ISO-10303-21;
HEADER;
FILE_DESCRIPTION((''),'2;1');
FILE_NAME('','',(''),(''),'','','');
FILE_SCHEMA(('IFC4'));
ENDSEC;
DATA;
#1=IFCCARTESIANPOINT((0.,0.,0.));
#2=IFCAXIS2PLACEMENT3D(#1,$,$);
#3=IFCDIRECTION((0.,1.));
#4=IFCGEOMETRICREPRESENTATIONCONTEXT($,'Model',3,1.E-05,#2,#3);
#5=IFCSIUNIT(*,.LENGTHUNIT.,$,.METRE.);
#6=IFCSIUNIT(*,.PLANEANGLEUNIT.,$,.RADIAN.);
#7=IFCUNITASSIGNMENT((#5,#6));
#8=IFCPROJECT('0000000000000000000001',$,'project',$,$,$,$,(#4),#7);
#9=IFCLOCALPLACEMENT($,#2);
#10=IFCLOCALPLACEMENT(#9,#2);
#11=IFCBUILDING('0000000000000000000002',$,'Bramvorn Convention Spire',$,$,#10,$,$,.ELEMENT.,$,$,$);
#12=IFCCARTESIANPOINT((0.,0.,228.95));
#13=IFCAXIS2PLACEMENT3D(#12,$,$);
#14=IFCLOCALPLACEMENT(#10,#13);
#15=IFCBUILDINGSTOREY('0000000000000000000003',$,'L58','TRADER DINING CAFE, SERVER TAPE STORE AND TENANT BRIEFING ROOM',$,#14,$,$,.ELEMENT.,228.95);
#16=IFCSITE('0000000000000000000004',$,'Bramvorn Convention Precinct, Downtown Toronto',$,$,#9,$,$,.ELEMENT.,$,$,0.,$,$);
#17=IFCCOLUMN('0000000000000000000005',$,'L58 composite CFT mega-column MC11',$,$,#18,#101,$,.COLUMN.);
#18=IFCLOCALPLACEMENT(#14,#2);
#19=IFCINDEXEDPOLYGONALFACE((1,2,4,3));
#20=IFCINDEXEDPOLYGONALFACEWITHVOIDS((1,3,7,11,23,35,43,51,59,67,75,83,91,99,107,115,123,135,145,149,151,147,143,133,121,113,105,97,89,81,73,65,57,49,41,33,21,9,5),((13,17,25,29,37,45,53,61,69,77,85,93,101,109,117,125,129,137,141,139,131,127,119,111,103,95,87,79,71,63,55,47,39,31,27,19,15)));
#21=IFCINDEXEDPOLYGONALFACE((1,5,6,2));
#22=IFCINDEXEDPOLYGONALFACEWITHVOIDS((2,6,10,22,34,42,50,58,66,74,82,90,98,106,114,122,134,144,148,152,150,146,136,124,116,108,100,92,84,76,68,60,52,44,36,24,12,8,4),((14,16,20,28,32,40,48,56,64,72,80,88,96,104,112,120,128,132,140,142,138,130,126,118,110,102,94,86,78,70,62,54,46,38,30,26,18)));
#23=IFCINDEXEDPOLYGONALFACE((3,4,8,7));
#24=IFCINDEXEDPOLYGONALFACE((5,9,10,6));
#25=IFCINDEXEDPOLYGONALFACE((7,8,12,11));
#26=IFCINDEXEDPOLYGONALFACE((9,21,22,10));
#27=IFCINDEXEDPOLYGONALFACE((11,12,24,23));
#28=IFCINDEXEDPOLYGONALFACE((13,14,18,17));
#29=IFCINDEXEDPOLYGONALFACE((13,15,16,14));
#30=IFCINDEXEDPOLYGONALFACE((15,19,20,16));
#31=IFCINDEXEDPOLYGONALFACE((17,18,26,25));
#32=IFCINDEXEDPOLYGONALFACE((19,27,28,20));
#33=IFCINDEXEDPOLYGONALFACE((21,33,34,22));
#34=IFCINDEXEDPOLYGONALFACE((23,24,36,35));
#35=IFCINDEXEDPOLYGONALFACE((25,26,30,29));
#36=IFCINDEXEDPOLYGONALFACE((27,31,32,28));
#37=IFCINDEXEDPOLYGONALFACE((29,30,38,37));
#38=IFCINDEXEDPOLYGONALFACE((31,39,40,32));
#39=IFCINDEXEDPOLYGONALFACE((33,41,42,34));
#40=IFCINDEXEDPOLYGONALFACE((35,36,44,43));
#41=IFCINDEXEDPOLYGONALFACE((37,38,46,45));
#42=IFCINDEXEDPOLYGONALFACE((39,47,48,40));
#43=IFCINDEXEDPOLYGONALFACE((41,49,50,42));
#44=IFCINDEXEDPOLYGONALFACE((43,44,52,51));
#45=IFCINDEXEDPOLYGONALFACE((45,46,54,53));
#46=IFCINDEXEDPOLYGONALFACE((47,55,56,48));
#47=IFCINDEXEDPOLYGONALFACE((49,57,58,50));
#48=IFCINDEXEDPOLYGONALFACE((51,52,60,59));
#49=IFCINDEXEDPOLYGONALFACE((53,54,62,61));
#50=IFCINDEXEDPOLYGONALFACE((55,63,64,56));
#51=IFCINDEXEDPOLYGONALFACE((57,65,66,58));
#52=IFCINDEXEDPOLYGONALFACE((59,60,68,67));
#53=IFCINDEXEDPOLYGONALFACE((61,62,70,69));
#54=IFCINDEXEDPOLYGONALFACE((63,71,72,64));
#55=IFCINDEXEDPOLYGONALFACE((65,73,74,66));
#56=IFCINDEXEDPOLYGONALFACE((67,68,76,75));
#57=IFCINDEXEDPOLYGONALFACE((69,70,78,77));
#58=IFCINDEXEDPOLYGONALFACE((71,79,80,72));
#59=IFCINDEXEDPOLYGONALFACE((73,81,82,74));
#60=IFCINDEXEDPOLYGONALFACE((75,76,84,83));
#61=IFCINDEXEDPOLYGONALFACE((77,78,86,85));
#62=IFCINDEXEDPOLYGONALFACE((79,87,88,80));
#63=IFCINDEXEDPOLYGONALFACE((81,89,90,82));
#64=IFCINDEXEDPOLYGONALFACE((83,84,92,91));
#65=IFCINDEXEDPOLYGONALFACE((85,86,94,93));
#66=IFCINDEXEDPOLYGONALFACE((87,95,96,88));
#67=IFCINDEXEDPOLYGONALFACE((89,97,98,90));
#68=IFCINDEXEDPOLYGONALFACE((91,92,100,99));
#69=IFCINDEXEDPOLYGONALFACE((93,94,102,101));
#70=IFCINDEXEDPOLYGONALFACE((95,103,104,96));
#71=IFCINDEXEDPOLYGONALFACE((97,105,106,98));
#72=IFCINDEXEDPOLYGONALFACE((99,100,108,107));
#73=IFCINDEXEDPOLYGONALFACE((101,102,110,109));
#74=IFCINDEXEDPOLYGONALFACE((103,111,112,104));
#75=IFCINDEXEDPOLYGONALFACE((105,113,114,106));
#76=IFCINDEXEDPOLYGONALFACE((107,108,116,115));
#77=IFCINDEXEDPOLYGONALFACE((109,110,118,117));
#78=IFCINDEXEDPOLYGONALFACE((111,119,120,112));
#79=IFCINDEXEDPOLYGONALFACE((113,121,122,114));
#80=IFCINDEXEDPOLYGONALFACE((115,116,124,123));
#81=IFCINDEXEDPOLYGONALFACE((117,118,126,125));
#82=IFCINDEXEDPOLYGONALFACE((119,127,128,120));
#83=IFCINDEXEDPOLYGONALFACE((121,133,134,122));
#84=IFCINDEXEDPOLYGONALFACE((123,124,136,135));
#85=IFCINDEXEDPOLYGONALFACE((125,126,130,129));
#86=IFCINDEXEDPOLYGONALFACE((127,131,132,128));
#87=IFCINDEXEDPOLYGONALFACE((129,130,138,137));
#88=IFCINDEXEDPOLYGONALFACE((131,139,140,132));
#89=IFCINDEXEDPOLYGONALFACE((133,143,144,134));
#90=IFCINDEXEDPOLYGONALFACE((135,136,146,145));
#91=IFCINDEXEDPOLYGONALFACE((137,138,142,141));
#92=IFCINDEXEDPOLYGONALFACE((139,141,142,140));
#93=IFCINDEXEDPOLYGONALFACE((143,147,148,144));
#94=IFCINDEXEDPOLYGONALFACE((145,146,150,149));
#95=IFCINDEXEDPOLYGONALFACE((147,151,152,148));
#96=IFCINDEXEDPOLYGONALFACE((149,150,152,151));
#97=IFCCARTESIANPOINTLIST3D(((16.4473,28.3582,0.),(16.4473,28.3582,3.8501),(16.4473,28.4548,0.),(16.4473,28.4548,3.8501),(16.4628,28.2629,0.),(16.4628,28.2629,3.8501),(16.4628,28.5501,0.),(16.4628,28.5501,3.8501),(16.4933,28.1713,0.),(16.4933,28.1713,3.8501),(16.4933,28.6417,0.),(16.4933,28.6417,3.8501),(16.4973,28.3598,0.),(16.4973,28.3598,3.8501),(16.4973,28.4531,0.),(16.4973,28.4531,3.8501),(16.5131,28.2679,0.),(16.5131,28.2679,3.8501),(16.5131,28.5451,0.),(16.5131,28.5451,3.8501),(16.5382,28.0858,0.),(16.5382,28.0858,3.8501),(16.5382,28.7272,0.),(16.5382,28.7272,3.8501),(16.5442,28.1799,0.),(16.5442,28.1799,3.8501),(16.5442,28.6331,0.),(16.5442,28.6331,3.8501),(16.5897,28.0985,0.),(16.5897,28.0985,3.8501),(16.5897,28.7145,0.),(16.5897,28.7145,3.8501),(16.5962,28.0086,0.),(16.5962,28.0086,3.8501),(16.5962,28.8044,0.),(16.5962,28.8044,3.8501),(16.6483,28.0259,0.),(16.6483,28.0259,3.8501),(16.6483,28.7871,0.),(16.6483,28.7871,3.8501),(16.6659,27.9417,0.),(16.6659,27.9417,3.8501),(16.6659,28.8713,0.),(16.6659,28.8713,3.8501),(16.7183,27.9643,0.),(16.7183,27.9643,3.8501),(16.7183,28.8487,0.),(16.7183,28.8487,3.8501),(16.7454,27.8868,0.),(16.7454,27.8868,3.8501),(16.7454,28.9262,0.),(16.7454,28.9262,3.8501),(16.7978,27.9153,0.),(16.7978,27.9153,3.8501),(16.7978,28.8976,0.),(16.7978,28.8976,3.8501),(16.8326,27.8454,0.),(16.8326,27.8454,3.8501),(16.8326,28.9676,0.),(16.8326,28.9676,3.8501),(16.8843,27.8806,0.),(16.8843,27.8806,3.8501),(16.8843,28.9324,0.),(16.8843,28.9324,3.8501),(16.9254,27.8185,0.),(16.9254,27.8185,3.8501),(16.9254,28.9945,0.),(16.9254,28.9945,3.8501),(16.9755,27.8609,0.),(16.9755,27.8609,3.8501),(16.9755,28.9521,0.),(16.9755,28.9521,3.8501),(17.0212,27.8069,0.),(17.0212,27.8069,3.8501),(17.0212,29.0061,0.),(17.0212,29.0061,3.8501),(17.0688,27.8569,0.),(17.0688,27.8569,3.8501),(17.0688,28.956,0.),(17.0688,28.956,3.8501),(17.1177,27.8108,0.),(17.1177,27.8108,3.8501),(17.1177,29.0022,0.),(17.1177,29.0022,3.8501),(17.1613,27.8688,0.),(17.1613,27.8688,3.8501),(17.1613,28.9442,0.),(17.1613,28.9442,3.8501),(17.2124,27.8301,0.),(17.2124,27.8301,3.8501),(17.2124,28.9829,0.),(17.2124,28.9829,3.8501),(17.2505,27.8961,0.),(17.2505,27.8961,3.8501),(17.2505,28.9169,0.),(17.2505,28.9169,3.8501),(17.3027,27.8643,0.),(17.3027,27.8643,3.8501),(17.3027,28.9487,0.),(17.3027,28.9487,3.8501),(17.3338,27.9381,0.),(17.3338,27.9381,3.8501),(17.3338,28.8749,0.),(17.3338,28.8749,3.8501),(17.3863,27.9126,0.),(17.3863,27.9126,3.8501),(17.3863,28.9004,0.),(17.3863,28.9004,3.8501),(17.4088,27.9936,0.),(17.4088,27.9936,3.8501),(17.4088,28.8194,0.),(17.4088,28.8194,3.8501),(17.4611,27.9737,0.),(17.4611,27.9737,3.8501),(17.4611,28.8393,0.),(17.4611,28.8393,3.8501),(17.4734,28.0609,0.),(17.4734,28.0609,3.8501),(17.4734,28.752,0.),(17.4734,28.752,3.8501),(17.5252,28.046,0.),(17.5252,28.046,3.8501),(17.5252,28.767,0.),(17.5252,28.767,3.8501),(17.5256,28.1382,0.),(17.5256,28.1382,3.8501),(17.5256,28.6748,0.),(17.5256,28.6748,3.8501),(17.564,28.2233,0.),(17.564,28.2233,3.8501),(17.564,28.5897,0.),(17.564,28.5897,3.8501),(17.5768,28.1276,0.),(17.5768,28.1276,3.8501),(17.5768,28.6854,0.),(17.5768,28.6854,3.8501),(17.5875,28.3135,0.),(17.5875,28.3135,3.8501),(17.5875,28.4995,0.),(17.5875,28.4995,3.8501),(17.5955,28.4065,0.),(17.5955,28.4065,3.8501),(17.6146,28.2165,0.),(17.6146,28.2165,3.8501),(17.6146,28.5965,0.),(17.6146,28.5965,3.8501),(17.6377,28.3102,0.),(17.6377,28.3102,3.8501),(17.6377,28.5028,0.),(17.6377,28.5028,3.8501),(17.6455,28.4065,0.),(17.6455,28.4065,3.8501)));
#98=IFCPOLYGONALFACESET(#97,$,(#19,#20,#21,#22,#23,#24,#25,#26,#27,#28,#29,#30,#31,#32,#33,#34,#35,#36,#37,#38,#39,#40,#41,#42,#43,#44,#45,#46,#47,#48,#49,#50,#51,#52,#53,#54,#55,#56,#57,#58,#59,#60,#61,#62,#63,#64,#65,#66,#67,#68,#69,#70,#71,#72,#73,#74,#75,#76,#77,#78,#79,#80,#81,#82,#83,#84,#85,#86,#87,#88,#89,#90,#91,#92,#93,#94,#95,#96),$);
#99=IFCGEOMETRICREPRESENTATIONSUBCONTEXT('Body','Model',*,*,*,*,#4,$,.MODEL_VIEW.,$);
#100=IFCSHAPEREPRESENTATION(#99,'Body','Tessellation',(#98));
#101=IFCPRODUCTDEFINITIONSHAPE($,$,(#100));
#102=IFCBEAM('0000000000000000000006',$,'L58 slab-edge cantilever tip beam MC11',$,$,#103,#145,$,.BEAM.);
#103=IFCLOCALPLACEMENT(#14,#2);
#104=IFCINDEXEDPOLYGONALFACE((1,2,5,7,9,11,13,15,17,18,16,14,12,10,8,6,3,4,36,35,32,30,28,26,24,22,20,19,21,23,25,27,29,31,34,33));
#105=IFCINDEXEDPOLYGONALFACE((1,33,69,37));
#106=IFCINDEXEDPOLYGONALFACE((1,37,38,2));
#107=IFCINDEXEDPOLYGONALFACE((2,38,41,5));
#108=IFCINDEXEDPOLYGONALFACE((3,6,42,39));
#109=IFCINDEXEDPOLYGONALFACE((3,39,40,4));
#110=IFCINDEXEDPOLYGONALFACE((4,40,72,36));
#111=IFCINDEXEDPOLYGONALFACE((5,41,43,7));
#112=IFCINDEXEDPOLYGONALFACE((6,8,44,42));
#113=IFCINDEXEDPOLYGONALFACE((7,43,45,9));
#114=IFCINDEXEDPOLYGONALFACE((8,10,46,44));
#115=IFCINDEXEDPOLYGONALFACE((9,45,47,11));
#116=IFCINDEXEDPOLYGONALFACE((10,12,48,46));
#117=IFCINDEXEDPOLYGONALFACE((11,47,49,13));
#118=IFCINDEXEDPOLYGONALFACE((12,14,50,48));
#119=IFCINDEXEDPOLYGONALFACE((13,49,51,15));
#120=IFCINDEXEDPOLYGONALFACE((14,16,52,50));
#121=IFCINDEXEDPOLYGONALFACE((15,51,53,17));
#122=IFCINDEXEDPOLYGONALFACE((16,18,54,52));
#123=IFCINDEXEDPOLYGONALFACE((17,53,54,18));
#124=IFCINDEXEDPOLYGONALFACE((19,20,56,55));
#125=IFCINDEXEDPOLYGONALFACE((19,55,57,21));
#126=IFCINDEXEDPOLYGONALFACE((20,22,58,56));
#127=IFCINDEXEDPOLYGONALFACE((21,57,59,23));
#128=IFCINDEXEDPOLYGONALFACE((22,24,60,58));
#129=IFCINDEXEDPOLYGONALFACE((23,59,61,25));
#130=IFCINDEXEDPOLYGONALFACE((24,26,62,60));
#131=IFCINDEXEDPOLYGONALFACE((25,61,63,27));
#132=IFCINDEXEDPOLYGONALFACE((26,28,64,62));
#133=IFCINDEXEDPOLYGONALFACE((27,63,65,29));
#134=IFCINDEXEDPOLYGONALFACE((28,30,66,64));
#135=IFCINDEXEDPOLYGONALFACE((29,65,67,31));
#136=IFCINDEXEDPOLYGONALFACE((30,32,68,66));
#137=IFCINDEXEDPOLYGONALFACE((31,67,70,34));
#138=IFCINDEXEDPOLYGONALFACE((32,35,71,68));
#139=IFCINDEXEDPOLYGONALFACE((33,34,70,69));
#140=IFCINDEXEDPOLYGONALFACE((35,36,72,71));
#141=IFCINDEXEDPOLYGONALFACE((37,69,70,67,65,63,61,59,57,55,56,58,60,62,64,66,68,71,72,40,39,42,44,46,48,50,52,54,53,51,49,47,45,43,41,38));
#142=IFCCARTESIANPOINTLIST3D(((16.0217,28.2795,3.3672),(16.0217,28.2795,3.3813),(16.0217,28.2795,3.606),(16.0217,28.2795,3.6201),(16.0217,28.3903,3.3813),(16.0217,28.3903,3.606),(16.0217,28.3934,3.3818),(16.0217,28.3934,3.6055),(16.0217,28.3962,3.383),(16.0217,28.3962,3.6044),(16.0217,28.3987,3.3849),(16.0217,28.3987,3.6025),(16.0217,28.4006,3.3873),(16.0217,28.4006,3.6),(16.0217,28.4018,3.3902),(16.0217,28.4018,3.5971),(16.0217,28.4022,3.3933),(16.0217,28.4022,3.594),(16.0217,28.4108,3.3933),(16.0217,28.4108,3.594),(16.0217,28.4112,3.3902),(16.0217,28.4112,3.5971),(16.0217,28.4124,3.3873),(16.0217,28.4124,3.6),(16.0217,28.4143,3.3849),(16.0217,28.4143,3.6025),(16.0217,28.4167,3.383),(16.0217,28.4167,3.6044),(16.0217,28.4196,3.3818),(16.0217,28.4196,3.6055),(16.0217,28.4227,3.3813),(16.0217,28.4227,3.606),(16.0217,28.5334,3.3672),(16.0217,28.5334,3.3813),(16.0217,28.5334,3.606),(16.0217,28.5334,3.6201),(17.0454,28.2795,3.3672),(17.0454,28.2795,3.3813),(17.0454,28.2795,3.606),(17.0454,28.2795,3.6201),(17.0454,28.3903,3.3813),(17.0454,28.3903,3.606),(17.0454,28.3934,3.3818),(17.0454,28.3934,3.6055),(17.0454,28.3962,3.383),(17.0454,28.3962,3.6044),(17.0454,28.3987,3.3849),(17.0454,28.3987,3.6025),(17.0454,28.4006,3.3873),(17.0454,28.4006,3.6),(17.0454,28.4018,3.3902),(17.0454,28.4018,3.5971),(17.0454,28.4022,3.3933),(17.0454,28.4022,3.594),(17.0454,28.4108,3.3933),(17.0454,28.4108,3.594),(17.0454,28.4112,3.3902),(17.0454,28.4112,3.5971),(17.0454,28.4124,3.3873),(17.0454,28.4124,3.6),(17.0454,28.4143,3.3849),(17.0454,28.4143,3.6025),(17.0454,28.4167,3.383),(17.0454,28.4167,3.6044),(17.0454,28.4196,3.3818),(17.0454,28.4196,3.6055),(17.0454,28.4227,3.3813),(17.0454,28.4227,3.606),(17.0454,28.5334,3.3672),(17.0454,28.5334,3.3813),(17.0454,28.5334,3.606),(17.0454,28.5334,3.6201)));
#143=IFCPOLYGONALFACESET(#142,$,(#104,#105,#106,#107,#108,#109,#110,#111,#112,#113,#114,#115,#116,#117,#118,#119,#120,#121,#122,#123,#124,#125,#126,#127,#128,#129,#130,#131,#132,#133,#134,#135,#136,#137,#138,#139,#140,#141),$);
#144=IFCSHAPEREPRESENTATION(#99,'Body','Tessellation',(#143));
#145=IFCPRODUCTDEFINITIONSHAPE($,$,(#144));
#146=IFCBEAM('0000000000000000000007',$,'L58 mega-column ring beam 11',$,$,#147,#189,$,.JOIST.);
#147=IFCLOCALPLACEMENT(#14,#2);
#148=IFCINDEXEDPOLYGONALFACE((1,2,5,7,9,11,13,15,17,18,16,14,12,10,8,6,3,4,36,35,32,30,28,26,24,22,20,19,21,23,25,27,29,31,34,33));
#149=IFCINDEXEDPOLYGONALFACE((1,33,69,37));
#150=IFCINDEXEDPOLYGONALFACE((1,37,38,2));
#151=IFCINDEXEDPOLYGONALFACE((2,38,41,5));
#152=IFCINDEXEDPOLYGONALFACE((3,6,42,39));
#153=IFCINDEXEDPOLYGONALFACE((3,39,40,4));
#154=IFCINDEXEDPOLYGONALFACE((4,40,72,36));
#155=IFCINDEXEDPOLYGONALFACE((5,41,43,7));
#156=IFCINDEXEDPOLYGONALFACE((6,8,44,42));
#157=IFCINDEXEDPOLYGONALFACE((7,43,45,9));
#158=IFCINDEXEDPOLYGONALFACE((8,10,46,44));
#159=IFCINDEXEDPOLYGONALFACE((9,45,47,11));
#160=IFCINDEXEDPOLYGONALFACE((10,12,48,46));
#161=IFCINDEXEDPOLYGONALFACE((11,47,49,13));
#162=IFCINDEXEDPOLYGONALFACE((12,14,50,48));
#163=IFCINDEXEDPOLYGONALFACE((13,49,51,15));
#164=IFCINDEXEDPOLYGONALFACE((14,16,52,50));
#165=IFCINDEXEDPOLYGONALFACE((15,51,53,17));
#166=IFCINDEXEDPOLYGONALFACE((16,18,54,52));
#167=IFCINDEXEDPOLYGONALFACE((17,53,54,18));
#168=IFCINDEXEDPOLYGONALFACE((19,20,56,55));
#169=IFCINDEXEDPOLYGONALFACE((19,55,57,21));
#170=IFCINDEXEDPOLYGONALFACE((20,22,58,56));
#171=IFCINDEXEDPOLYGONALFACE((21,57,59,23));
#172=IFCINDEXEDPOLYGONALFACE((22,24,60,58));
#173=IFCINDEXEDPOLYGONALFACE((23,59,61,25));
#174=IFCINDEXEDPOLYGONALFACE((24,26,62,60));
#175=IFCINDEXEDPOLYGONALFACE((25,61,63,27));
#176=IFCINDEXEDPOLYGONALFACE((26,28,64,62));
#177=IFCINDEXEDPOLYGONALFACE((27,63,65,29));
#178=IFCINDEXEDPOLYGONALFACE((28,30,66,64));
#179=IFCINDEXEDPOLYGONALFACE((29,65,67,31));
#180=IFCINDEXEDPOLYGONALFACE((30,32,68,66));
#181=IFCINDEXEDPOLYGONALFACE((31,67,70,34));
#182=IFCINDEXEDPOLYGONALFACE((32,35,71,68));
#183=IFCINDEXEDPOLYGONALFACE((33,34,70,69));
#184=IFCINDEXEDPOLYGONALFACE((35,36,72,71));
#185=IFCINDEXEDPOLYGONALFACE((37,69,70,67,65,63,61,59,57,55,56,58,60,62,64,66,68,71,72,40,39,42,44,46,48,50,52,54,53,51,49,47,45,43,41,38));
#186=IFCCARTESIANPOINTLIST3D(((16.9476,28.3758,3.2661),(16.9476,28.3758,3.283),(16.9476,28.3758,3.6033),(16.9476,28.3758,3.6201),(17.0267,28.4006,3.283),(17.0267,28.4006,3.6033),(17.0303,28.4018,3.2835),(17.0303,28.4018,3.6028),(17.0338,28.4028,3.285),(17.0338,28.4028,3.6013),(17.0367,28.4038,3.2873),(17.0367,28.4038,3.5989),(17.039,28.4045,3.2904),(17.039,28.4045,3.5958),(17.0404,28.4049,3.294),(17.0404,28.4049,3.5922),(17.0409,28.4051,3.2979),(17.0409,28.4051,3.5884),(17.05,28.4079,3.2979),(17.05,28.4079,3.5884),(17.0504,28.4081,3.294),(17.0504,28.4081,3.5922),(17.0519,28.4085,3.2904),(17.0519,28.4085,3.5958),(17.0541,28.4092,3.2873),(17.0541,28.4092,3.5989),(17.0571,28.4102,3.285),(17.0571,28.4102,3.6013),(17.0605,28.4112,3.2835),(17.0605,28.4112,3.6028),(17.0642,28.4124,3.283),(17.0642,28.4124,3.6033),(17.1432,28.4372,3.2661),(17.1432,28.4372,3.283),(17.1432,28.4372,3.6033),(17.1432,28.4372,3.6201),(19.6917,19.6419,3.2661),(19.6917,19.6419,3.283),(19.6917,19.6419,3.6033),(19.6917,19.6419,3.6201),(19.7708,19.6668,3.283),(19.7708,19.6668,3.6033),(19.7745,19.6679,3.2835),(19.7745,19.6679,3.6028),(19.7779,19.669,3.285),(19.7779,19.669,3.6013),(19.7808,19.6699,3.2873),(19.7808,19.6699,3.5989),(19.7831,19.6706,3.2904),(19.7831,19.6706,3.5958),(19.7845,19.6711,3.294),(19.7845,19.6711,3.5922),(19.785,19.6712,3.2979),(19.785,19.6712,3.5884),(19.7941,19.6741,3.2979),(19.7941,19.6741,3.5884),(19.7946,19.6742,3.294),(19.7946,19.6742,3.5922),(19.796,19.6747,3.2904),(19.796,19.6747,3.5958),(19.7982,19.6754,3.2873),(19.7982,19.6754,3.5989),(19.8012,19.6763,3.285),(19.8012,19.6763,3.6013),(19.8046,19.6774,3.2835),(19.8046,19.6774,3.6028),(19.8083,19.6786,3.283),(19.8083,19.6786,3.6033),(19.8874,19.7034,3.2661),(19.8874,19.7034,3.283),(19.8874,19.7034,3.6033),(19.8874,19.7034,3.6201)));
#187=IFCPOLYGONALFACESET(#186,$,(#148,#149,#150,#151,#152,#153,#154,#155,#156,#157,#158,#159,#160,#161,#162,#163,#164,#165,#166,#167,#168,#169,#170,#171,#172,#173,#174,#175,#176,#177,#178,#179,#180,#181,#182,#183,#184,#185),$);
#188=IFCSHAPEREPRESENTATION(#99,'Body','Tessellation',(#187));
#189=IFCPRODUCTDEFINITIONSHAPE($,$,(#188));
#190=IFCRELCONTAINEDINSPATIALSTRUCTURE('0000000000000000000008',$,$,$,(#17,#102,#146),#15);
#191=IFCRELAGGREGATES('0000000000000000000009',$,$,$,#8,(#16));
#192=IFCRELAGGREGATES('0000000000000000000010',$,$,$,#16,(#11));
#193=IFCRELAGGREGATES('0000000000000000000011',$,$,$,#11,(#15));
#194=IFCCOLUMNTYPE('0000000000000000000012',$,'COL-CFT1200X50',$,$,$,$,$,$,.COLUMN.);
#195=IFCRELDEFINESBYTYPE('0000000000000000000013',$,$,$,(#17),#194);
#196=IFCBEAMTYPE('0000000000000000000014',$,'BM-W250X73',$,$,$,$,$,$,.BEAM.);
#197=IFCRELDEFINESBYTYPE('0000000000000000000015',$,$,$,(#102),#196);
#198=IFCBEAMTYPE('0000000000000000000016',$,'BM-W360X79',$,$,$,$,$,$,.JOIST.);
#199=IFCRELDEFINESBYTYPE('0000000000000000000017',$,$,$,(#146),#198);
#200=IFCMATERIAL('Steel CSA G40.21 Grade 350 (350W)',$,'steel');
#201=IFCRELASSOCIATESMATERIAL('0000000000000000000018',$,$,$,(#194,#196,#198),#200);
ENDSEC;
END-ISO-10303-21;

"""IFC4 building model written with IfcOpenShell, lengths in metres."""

from ifc_helpers import new_model, si_unit, direction, frame, origin, origin_2d, place, context, subcontext, project, spatial, hollow_circle, i_section, extrude, material, material_profile, profile_set, type_object, element, save


model = new_model("IFC4")

# Units and contexts
model_context = context("Model", 3, precision=1e-05, world=origin(), true_north=direction((0.0, 1.0)))
body_context = subcontext(model_context, "Body", "Model", "MODEL_VIEW")
ifc_project = project(units=[si_unit("LENGTHUNIT", "METRE"), si_unit("PLANEANGLEUNIT", "RADIAN")], contexts=[model_context])

# Site, building, storey
site_placement = place(None, origin())
site = spatial("IfcSite", under=ifc_project, at=site_placement, Name="Bramvorn Convention Precinct, Downtown Toronto", CompositionType="ELEMENT", RefElevation=0.0)
building_placement = place(site_placement, origin())
building = spatial("IfcBuilding", under=site, at=building_placement, Name="Bramvorn Convention Spire", CompositionType="ELEMENT")
storey_placement = place(building_placement, frame((0.0, 0.0, 228.95)))
storey = spatial("IfcBuildingStorey", under=building, at=storey_placement, Name="L58", Description="TRADER DINING CAFE, SERVER TAPE STORE AND TENANT BRIEFING ROOM", CompositionType="ELEMENT", Elevation=228.95)

# Column
ifc_material_1 = material(Name="Steel CSA G40.21 Grade 350 (350W)", Category="steel")
ifc_material_profile_1 = material_profile(ifc_material_1, hollow_circle(Radius=0.6001, WallThickness=0.05, at=origin_2d()))
ifc_profile_set_1 = profile_set([ifc_material_profile_1], Name="Steel CSA G40.21 Grade 350 (350W) - CFT1200X50")
column_type = type_object("IfcColumnType", Name="COL-CFT1200X50", PredefinedType="COLUMN", material=ifc_profile_set_1)
column_placement = place(storey_placement, frame((17.0454, 28.4065, 0.0), z_axis=(0.0, 0.0, 1.0), x_axis=(1.0, 0.0, 0.0)))
element("IfcColumn", 1, at=column_placement, inside=storey, type_object=column_type, Name="L58 composite CFT mega-column MC11", PredefinedType="COLUMN", context=body_context, shape_type="SweptSolid", body=[
    extrude(hollow_circle(Radius=0.6001, WallThickness=0.05, at=origin_2d()), origin(), (0.0, 0.0, 1.0), 3.8501),
])

# Beams
ifc_material_profile_2 = material_profile(ifc_material_1, i_section(OverallWidth=0.2539, OverallDepth=0.2529, WebThickness=0.0085, FlangeThickness=0.0142, FilletRadius=0.012, at=origin_2d()))
ifc_profile_set_2 = profile_set([ifc_material_profile_2], Name="Steel CSA G40.21 Grade 350 (350W) - W250X73")
beam_type_1 = type_object("IfcBeamType", Name="BM-W250X73", PredefinedType="BEAM", material=ifc_profile_set_2)
beam_1_placement = place(storey_placement, frame((17.0454, 28.4065, 3.4937), z_axis=(-1.0, 0.0, 0.0), x_axis=(0.0, -1.0, 0.0)))
element("IfcBeam", 2, at=beam_1_placement, inside=storey, type_object=beam_type_1, Name="L58 slab-edge cantilever tip beam MC11", PredefinedType="BEAM", context=body_context, shape_type="SweptSolid", body=[
    extrude(i_section(OverallWidth=0.2539, OverallDepth=0.2529, WebThickness=0.0085, FlangeThickness=0.0142, FilletRadius=0.012, at=origin_2d()), origin(), (0.0, 0.0, 1.0), 1.0237),
])
ifc_material_profile_3 = material_profile(ifc_material_1, i_section(OverallWidth=0.2051, OverallDepth=0.354, WebThickness=0.0095, FlangeThickness=0.0168, FilletRadius=0.0149, at=origin_2d()))
ifc_profile_set_3 = profile_set([ifc_material_profile_3], Name="Steel CSA G40.21 Grade 350 (350W) - W360X79")
beam_type_2 = type_object("IfcBeamType", Name="BM-W360X79", PredefinedType="JOIST", material=ifc_profile_set_3)
beam_2_placement = place(storey_placement, frame((17.0454, 28.4065, 3.4431), z_axis=(0.299748, -0.954019, 0.0), x_axis=(0.954019, 0.299748, 0.0)))
element("IfcBeam", 3, at=beam_2_placement, inside=storey, type_object=beam_type_2, Name="L58 mega-column ring beam 11", PredefinedType="JOIST", context=body_context, shape_type="SweptSolid", body=[
    extrude(i_section(OverallWidth=0.2051, OverallDepth=0.354, WebThickness=0.0095, FlangeThickness=0.0168, FilletRadius=0.0149, at=origin_2d()), origin(), (0.0, 0.0, 1.0), 9.1548),
])

save(model, "model.ifc")
